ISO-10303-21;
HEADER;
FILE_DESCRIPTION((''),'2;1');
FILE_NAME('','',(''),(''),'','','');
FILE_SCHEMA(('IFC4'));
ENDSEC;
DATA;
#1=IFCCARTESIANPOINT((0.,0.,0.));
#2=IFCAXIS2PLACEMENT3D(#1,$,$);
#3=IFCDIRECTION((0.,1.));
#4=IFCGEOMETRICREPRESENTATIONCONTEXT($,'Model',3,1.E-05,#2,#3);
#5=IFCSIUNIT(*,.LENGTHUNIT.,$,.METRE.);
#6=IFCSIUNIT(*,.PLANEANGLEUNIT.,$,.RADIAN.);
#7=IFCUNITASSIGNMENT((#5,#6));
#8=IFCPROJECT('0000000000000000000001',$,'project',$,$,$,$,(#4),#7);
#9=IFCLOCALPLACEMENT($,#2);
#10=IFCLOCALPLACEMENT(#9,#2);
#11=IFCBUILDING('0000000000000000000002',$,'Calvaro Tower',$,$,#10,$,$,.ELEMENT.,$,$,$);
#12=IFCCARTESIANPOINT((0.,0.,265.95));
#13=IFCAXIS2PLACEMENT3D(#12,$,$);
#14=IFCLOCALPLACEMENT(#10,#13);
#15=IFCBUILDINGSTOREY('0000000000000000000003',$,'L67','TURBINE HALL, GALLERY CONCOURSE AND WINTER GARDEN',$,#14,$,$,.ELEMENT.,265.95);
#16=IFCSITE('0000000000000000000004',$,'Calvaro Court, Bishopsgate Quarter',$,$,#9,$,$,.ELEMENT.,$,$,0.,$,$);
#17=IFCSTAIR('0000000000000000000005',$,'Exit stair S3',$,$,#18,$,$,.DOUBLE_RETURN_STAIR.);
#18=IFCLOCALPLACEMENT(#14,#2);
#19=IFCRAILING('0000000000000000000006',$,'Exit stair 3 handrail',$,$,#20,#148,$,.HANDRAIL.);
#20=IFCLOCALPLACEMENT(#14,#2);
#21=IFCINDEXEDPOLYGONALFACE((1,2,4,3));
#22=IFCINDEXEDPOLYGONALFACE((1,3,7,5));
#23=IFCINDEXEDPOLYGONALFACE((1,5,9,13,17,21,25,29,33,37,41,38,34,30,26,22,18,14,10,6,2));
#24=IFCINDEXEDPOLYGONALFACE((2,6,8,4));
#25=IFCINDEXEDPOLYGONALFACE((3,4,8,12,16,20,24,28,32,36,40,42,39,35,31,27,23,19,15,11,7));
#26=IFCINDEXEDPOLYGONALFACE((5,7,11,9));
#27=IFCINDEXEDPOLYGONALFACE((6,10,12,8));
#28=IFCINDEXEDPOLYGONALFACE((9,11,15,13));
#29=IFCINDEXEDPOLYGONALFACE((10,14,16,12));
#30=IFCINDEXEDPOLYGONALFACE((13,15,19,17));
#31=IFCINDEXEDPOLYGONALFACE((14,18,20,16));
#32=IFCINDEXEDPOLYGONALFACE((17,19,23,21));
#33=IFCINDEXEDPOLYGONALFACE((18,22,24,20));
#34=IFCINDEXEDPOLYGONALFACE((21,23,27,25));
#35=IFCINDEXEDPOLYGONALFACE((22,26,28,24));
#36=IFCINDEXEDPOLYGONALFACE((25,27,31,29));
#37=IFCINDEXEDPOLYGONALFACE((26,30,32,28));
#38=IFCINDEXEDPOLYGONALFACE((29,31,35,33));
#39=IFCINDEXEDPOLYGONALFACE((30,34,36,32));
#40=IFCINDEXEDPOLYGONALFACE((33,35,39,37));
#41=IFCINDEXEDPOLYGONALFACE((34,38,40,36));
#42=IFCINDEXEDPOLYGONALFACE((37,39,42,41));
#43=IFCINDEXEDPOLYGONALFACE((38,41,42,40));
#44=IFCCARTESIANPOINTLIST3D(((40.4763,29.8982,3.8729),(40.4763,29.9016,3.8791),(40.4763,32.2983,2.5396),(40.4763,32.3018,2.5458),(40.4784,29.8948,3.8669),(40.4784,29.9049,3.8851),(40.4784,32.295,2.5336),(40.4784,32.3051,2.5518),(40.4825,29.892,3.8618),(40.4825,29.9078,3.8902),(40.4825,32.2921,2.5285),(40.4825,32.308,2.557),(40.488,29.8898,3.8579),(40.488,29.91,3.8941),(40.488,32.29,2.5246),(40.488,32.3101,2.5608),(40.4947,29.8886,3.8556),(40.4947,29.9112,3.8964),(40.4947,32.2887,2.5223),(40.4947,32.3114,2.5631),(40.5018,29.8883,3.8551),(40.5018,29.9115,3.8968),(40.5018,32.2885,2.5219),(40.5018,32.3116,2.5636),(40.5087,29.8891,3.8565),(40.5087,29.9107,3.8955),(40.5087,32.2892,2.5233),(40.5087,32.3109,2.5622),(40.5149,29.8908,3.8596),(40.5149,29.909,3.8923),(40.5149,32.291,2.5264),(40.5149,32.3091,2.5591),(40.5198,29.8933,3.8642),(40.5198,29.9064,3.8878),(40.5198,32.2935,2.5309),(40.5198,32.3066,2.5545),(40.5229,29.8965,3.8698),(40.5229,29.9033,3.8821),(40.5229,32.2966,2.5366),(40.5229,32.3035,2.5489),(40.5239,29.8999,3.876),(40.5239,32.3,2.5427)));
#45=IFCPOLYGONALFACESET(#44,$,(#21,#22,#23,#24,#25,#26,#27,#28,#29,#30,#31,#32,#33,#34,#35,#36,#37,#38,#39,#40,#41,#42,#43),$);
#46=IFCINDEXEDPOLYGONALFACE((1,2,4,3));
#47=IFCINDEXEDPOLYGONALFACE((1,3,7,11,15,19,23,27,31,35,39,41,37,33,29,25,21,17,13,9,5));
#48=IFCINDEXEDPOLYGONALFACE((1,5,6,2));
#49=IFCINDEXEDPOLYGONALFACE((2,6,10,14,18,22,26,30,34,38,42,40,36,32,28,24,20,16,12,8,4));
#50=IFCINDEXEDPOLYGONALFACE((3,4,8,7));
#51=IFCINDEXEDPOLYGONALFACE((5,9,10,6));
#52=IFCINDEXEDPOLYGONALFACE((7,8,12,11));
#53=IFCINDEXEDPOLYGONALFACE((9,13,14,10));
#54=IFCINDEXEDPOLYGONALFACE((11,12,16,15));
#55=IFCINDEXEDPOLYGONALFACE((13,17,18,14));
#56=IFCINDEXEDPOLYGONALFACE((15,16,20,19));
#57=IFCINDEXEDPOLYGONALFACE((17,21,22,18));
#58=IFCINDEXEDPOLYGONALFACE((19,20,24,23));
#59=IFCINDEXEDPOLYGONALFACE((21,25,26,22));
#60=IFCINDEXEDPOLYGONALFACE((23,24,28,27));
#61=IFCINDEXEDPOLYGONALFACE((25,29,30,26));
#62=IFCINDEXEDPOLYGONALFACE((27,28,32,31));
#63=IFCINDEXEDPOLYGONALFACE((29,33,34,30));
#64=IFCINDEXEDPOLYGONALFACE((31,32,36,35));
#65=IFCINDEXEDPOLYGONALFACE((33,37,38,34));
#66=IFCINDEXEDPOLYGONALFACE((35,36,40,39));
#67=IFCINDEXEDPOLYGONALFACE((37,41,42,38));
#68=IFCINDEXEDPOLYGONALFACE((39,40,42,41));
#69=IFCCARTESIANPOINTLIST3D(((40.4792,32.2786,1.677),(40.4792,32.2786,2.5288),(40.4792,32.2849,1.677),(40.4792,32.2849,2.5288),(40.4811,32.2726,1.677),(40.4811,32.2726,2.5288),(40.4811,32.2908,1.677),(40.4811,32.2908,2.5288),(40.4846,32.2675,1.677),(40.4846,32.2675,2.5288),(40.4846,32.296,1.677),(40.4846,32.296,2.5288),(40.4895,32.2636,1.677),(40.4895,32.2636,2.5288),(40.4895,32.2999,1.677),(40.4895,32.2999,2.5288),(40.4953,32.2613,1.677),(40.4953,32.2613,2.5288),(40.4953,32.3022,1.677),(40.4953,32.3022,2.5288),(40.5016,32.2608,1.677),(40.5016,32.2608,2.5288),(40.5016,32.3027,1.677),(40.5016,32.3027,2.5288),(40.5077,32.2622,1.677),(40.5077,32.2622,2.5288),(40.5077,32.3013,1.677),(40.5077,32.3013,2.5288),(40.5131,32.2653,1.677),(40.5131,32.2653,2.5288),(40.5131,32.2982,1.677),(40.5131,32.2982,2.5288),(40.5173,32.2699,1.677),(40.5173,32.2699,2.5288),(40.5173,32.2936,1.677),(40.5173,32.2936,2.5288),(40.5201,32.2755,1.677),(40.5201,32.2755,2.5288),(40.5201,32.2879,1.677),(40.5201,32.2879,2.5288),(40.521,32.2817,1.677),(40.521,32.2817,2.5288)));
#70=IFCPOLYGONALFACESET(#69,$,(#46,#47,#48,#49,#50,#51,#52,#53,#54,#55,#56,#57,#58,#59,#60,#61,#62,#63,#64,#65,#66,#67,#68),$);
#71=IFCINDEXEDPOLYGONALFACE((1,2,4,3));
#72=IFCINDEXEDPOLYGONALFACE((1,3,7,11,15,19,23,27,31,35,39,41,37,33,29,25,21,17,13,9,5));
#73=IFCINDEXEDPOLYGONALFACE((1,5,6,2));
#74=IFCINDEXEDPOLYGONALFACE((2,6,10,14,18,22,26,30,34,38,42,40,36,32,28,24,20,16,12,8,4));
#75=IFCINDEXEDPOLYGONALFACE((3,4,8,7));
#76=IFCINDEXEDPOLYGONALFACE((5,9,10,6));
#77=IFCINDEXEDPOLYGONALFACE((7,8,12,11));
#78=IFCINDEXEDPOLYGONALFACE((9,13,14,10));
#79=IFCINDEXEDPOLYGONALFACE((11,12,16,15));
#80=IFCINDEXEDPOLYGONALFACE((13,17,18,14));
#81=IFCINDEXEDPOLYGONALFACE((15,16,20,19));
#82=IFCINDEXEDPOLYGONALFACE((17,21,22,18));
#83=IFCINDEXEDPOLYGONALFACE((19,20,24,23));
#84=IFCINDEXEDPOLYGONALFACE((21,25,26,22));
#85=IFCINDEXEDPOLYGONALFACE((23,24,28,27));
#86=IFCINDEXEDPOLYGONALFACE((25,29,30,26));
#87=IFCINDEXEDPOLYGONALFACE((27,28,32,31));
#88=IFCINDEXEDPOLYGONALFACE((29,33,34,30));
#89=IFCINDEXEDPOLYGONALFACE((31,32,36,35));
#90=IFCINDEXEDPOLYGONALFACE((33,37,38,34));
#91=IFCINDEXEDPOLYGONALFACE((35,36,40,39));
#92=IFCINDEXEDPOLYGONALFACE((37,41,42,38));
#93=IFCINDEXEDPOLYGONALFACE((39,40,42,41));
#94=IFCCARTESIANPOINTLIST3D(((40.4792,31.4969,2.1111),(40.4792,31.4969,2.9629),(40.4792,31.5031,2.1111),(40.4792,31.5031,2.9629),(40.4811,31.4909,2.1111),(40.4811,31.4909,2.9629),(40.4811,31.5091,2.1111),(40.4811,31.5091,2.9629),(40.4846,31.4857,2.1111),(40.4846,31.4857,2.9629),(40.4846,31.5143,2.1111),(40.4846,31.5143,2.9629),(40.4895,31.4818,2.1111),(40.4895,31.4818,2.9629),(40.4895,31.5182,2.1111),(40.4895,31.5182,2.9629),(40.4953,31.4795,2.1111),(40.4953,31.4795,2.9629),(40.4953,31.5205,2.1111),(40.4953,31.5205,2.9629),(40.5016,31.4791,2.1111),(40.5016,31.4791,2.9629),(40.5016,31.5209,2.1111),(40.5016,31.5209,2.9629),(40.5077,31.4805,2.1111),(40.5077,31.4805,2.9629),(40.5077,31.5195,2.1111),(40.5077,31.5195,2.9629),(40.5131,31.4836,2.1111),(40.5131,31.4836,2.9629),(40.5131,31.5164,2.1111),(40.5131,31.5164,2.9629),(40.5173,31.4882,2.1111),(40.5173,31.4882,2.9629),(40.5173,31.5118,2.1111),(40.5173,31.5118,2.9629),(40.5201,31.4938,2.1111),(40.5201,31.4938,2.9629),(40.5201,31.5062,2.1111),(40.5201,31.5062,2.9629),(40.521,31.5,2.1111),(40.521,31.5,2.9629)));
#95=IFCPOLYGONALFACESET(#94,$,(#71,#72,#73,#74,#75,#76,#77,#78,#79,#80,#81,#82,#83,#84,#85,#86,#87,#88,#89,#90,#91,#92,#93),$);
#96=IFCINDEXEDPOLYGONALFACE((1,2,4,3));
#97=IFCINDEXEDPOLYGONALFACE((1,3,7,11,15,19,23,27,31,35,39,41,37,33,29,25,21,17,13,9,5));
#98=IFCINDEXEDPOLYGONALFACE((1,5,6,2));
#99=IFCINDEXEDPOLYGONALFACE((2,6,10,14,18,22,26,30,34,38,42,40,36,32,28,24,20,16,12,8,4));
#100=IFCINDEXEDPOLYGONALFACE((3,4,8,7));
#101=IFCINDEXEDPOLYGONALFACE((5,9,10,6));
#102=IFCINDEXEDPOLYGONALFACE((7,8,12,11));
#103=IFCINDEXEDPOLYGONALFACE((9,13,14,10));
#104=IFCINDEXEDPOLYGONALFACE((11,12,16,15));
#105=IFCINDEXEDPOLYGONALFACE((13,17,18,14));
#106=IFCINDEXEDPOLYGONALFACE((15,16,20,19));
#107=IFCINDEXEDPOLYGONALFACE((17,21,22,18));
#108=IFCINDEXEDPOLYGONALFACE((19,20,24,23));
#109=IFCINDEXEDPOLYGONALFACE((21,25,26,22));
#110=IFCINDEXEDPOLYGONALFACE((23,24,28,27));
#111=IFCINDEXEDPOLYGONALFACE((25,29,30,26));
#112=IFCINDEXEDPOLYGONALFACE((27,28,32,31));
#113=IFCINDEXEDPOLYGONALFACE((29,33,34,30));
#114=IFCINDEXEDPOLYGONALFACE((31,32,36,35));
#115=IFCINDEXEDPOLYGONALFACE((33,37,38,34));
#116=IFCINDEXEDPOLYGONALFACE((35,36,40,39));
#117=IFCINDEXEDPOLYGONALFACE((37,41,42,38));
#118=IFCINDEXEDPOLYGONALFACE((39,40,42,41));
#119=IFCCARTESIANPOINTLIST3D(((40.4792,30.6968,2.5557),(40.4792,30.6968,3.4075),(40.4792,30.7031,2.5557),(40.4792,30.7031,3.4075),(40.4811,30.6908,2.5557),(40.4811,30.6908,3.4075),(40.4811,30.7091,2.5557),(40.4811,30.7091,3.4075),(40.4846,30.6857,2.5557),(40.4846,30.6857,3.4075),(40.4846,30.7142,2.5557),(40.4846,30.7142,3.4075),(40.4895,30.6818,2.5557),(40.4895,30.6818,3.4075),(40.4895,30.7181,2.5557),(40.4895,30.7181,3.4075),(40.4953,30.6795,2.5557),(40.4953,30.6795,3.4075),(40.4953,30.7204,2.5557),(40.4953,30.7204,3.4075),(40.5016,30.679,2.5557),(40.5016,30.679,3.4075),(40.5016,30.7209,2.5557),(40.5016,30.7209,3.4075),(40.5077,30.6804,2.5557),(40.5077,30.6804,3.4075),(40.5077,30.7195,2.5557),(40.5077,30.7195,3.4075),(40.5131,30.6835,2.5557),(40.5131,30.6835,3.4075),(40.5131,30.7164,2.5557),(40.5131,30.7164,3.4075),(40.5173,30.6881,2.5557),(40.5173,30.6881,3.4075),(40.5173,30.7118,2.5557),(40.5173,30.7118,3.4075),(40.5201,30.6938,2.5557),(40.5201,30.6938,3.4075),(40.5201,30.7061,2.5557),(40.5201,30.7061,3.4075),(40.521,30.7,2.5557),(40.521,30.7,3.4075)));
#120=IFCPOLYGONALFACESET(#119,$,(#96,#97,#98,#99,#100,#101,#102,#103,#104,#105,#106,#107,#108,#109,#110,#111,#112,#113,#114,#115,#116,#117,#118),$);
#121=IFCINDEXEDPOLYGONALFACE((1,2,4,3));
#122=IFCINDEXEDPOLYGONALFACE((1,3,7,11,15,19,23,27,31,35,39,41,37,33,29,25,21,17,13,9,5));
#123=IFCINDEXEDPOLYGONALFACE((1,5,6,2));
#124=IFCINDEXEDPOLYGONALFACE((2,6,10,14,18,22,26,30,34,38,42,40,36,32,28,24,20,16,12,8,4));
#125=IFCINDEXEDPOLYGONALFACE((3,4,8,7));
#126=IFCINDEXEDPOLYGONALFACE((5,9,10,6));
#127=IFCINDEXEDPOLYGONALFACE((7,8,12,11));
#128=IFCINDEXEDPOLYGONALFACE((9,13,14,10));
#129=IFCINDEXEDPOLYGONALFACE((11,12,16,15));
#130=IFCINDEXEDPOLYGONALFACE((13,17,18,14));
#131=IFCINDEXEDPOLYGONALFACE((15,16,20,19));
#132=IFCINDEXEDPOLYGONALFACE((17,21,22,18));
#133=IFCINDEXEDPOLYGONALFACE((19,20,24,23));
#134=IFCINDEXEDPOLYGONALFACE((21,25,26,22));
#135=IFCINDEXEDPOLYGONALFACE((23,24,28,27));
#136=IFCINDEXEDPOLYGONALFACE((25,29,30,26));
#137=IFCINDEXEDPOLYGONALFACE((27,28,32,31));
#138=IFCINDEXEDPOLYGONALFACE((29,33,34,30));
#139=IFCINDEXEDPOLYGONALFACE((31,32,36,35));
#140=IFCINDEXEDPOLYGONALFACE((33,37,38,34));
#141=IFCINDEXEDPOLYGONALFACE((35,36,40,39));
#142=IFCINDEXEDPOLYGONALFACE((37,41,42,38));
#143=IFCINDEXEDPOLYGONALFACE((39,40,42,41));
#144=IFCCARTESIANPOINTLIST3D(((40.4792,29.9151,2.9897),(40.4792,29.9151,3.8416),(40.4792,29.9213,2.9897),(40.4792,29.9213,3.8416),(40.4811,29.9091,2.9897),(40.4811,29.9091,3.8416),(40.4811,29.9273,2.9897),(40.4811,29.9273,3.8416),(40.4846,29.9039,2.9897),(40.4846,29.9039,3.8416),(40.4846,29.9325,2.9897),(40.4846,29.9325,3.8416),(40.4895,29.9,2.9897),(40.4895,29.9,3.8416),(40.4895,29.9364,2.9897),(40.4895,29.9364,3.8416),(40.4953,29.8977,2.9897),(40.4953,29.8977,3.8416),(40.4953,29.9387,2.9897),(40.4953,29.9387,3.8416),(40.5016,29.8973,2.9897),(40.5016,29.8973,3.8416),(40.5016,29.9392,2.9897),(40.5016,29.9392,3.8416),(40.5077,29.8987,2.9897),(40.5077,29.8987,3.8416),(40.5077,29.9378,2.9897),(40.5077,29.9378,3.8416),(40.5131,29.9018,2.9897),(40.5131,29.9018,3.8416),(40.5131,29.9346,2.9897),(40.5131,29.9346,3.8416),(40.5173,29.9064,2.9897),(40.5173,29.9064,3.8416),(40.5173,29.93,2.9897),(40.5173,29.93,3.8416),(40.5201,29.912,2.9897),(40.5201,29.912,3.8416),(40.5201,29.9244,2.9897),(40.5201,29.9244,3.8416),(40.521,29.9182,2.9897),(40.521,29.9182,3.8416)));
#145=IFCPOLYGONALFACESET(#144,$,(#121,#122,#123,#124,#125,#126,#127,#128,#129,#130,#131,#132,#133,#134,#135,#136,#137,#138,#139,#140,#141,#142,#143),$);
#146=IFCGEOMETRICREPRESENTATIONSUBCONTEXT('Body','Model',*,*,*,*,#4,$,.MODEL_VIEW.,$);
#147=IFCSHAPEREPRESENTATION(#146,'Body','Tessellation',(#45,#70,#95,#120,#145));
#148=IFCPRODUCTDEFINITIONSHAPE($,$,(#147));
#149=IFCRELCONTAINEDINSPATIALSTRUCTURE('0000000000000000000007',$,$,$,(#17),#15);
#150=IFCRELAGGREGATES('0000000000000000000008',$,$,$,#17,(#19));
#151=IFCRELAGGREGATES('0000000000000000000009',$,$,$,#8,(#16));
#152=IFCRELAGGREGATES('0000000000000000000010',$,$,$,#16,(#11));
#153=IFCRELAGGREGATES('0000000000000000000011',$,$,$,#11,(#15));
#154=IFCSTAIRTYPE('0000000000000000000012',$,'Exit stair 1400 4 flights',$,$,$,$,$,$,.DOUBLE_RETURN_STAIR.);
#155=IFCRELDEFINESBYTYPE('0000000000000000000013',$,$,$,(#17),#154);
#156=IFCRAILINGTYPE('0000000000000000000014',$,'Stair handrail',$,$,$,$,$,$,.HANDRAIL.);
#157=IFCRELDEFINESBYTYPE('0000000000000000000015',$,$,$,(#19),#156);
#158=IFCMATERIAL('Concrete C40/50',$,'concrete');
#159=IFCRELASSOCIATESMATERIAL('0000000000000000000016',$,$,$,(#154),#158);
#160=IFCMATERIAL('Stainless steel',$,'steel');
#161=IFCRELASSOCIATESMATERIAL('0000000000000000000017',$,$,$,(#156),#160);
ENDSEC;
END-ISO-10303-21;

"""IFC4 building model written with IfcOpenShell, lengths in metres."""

from ifc_helpers import new_model, si_unit, direction, frame, origin, origin_2d, place, context, subcontext, project, spatial, circle, extrude, material, type_object, element, aggregate, save


model = new_model("IFC4")

# Units and contexts
model_context = context("Model", 3, precision=1e-05, world=origin(), true_north=direction((0.0, 1.0)))
body_context = subcontext(model_context, "Body", "Model", "MODEL_VIEW")
ifc_project = project(units=[si_unit("LENGTHUNIT", "METRE"), si_unit("PLANEANGLEUNIT", "RADIAN")], contexts=[model_context])

# Site, building, storey
site_placement = place(None, origin())
site = spatial("IfcSite", under=ifc_project, at=site_placement, Name="Calvaro Court, Bishopsgate Quarter", CompositionType="ELEMENT", RefElevation=0.0)
building_placement = place(site_placement, origin())
building = spatial("IfcBuilding", under=site, at=building_placement, Name="Calvaro Tower", CompositionType="ELEMENT")
storey_placement = place(building_placement, frame((0.0, 0.0, 265.95)))
storey = spatial("IfcBuildingStorey", under=building, at=storey_placement, Name="L67", Description="TURBINE HALL, GALLERY CONCOURSE AND WINTER GARDEN", CompositionType="ELEMENT", Elevation=265.95)

# Stair, railing
ifc_material_1 = material(Name="Concrete C40/50", Category="concrete")
stair_type = type_object("IfcStairType", Name="Exit stair 1400 4 flights", PredefinedType="DOUBLE_RETURN_STAIR", material=ifc_material_1)
stair_placement = place(storey_placement, origin())
stair = element("IfcStair", 1, at=stair_placement, inside=storey, type_object=stair_type, Name="Exit stair S3", PredefinedType="DOUBLE_RETURN_STAIR")
ifc_material_2 = material(Name="Stainless steel", Category="steel")
railing_type = type_object("IfcRailingType", Name="Stair handrail", PredefinedType="HANDRAIL", material=ifc_material_2)
railing_1_placement = place(storey_placement, frame((40.5, 32.3, 1.6667)))
railing_1 = element("IfcRailing", 2, at=railing_1_placement, type_object=railing_type, Name="Exit stair 3 handrail", PredefinedType="HANDRAIL", context=body_context, shape_type="SweptSolid", body=[
    extrude(circle(Radius=0.0239, at=origin_2d()), frame((0.0, 0.0, 0.876), z_axis=(0.0, -0.874182, 0.485598), x_axis=(1.0, 0.0, 0.0)), (0.0, 0.0, 1.0), 2.7456),
    extrude(circle(Radius=0.021, at=origin_2d()), frame((0.0, -0.0183, 0.0103)), (0.0, 0.0, 1.0), 0.8518),
    extrude(circle(Radius=0.021, at=origin_2d()), frame((0.0, -0.8, 0.4443)), (0.0, 0.0, 1.0), 0.8518),
    extrude(circle(Radius=0.021, at=origin_2d()), frame((0.0, -1.6001, 0.8889)), (0.0, 0.0, 1.0), 0.8518),
    extrude(circle(Radius=0.021, at=origin_2d()), frame((0.0, -2.3818, 1.323)), (0.0, 0.0, 1.0), 0.8518),
])
aggregate(stair, [railing_1])

save(model, "model.ifc")
